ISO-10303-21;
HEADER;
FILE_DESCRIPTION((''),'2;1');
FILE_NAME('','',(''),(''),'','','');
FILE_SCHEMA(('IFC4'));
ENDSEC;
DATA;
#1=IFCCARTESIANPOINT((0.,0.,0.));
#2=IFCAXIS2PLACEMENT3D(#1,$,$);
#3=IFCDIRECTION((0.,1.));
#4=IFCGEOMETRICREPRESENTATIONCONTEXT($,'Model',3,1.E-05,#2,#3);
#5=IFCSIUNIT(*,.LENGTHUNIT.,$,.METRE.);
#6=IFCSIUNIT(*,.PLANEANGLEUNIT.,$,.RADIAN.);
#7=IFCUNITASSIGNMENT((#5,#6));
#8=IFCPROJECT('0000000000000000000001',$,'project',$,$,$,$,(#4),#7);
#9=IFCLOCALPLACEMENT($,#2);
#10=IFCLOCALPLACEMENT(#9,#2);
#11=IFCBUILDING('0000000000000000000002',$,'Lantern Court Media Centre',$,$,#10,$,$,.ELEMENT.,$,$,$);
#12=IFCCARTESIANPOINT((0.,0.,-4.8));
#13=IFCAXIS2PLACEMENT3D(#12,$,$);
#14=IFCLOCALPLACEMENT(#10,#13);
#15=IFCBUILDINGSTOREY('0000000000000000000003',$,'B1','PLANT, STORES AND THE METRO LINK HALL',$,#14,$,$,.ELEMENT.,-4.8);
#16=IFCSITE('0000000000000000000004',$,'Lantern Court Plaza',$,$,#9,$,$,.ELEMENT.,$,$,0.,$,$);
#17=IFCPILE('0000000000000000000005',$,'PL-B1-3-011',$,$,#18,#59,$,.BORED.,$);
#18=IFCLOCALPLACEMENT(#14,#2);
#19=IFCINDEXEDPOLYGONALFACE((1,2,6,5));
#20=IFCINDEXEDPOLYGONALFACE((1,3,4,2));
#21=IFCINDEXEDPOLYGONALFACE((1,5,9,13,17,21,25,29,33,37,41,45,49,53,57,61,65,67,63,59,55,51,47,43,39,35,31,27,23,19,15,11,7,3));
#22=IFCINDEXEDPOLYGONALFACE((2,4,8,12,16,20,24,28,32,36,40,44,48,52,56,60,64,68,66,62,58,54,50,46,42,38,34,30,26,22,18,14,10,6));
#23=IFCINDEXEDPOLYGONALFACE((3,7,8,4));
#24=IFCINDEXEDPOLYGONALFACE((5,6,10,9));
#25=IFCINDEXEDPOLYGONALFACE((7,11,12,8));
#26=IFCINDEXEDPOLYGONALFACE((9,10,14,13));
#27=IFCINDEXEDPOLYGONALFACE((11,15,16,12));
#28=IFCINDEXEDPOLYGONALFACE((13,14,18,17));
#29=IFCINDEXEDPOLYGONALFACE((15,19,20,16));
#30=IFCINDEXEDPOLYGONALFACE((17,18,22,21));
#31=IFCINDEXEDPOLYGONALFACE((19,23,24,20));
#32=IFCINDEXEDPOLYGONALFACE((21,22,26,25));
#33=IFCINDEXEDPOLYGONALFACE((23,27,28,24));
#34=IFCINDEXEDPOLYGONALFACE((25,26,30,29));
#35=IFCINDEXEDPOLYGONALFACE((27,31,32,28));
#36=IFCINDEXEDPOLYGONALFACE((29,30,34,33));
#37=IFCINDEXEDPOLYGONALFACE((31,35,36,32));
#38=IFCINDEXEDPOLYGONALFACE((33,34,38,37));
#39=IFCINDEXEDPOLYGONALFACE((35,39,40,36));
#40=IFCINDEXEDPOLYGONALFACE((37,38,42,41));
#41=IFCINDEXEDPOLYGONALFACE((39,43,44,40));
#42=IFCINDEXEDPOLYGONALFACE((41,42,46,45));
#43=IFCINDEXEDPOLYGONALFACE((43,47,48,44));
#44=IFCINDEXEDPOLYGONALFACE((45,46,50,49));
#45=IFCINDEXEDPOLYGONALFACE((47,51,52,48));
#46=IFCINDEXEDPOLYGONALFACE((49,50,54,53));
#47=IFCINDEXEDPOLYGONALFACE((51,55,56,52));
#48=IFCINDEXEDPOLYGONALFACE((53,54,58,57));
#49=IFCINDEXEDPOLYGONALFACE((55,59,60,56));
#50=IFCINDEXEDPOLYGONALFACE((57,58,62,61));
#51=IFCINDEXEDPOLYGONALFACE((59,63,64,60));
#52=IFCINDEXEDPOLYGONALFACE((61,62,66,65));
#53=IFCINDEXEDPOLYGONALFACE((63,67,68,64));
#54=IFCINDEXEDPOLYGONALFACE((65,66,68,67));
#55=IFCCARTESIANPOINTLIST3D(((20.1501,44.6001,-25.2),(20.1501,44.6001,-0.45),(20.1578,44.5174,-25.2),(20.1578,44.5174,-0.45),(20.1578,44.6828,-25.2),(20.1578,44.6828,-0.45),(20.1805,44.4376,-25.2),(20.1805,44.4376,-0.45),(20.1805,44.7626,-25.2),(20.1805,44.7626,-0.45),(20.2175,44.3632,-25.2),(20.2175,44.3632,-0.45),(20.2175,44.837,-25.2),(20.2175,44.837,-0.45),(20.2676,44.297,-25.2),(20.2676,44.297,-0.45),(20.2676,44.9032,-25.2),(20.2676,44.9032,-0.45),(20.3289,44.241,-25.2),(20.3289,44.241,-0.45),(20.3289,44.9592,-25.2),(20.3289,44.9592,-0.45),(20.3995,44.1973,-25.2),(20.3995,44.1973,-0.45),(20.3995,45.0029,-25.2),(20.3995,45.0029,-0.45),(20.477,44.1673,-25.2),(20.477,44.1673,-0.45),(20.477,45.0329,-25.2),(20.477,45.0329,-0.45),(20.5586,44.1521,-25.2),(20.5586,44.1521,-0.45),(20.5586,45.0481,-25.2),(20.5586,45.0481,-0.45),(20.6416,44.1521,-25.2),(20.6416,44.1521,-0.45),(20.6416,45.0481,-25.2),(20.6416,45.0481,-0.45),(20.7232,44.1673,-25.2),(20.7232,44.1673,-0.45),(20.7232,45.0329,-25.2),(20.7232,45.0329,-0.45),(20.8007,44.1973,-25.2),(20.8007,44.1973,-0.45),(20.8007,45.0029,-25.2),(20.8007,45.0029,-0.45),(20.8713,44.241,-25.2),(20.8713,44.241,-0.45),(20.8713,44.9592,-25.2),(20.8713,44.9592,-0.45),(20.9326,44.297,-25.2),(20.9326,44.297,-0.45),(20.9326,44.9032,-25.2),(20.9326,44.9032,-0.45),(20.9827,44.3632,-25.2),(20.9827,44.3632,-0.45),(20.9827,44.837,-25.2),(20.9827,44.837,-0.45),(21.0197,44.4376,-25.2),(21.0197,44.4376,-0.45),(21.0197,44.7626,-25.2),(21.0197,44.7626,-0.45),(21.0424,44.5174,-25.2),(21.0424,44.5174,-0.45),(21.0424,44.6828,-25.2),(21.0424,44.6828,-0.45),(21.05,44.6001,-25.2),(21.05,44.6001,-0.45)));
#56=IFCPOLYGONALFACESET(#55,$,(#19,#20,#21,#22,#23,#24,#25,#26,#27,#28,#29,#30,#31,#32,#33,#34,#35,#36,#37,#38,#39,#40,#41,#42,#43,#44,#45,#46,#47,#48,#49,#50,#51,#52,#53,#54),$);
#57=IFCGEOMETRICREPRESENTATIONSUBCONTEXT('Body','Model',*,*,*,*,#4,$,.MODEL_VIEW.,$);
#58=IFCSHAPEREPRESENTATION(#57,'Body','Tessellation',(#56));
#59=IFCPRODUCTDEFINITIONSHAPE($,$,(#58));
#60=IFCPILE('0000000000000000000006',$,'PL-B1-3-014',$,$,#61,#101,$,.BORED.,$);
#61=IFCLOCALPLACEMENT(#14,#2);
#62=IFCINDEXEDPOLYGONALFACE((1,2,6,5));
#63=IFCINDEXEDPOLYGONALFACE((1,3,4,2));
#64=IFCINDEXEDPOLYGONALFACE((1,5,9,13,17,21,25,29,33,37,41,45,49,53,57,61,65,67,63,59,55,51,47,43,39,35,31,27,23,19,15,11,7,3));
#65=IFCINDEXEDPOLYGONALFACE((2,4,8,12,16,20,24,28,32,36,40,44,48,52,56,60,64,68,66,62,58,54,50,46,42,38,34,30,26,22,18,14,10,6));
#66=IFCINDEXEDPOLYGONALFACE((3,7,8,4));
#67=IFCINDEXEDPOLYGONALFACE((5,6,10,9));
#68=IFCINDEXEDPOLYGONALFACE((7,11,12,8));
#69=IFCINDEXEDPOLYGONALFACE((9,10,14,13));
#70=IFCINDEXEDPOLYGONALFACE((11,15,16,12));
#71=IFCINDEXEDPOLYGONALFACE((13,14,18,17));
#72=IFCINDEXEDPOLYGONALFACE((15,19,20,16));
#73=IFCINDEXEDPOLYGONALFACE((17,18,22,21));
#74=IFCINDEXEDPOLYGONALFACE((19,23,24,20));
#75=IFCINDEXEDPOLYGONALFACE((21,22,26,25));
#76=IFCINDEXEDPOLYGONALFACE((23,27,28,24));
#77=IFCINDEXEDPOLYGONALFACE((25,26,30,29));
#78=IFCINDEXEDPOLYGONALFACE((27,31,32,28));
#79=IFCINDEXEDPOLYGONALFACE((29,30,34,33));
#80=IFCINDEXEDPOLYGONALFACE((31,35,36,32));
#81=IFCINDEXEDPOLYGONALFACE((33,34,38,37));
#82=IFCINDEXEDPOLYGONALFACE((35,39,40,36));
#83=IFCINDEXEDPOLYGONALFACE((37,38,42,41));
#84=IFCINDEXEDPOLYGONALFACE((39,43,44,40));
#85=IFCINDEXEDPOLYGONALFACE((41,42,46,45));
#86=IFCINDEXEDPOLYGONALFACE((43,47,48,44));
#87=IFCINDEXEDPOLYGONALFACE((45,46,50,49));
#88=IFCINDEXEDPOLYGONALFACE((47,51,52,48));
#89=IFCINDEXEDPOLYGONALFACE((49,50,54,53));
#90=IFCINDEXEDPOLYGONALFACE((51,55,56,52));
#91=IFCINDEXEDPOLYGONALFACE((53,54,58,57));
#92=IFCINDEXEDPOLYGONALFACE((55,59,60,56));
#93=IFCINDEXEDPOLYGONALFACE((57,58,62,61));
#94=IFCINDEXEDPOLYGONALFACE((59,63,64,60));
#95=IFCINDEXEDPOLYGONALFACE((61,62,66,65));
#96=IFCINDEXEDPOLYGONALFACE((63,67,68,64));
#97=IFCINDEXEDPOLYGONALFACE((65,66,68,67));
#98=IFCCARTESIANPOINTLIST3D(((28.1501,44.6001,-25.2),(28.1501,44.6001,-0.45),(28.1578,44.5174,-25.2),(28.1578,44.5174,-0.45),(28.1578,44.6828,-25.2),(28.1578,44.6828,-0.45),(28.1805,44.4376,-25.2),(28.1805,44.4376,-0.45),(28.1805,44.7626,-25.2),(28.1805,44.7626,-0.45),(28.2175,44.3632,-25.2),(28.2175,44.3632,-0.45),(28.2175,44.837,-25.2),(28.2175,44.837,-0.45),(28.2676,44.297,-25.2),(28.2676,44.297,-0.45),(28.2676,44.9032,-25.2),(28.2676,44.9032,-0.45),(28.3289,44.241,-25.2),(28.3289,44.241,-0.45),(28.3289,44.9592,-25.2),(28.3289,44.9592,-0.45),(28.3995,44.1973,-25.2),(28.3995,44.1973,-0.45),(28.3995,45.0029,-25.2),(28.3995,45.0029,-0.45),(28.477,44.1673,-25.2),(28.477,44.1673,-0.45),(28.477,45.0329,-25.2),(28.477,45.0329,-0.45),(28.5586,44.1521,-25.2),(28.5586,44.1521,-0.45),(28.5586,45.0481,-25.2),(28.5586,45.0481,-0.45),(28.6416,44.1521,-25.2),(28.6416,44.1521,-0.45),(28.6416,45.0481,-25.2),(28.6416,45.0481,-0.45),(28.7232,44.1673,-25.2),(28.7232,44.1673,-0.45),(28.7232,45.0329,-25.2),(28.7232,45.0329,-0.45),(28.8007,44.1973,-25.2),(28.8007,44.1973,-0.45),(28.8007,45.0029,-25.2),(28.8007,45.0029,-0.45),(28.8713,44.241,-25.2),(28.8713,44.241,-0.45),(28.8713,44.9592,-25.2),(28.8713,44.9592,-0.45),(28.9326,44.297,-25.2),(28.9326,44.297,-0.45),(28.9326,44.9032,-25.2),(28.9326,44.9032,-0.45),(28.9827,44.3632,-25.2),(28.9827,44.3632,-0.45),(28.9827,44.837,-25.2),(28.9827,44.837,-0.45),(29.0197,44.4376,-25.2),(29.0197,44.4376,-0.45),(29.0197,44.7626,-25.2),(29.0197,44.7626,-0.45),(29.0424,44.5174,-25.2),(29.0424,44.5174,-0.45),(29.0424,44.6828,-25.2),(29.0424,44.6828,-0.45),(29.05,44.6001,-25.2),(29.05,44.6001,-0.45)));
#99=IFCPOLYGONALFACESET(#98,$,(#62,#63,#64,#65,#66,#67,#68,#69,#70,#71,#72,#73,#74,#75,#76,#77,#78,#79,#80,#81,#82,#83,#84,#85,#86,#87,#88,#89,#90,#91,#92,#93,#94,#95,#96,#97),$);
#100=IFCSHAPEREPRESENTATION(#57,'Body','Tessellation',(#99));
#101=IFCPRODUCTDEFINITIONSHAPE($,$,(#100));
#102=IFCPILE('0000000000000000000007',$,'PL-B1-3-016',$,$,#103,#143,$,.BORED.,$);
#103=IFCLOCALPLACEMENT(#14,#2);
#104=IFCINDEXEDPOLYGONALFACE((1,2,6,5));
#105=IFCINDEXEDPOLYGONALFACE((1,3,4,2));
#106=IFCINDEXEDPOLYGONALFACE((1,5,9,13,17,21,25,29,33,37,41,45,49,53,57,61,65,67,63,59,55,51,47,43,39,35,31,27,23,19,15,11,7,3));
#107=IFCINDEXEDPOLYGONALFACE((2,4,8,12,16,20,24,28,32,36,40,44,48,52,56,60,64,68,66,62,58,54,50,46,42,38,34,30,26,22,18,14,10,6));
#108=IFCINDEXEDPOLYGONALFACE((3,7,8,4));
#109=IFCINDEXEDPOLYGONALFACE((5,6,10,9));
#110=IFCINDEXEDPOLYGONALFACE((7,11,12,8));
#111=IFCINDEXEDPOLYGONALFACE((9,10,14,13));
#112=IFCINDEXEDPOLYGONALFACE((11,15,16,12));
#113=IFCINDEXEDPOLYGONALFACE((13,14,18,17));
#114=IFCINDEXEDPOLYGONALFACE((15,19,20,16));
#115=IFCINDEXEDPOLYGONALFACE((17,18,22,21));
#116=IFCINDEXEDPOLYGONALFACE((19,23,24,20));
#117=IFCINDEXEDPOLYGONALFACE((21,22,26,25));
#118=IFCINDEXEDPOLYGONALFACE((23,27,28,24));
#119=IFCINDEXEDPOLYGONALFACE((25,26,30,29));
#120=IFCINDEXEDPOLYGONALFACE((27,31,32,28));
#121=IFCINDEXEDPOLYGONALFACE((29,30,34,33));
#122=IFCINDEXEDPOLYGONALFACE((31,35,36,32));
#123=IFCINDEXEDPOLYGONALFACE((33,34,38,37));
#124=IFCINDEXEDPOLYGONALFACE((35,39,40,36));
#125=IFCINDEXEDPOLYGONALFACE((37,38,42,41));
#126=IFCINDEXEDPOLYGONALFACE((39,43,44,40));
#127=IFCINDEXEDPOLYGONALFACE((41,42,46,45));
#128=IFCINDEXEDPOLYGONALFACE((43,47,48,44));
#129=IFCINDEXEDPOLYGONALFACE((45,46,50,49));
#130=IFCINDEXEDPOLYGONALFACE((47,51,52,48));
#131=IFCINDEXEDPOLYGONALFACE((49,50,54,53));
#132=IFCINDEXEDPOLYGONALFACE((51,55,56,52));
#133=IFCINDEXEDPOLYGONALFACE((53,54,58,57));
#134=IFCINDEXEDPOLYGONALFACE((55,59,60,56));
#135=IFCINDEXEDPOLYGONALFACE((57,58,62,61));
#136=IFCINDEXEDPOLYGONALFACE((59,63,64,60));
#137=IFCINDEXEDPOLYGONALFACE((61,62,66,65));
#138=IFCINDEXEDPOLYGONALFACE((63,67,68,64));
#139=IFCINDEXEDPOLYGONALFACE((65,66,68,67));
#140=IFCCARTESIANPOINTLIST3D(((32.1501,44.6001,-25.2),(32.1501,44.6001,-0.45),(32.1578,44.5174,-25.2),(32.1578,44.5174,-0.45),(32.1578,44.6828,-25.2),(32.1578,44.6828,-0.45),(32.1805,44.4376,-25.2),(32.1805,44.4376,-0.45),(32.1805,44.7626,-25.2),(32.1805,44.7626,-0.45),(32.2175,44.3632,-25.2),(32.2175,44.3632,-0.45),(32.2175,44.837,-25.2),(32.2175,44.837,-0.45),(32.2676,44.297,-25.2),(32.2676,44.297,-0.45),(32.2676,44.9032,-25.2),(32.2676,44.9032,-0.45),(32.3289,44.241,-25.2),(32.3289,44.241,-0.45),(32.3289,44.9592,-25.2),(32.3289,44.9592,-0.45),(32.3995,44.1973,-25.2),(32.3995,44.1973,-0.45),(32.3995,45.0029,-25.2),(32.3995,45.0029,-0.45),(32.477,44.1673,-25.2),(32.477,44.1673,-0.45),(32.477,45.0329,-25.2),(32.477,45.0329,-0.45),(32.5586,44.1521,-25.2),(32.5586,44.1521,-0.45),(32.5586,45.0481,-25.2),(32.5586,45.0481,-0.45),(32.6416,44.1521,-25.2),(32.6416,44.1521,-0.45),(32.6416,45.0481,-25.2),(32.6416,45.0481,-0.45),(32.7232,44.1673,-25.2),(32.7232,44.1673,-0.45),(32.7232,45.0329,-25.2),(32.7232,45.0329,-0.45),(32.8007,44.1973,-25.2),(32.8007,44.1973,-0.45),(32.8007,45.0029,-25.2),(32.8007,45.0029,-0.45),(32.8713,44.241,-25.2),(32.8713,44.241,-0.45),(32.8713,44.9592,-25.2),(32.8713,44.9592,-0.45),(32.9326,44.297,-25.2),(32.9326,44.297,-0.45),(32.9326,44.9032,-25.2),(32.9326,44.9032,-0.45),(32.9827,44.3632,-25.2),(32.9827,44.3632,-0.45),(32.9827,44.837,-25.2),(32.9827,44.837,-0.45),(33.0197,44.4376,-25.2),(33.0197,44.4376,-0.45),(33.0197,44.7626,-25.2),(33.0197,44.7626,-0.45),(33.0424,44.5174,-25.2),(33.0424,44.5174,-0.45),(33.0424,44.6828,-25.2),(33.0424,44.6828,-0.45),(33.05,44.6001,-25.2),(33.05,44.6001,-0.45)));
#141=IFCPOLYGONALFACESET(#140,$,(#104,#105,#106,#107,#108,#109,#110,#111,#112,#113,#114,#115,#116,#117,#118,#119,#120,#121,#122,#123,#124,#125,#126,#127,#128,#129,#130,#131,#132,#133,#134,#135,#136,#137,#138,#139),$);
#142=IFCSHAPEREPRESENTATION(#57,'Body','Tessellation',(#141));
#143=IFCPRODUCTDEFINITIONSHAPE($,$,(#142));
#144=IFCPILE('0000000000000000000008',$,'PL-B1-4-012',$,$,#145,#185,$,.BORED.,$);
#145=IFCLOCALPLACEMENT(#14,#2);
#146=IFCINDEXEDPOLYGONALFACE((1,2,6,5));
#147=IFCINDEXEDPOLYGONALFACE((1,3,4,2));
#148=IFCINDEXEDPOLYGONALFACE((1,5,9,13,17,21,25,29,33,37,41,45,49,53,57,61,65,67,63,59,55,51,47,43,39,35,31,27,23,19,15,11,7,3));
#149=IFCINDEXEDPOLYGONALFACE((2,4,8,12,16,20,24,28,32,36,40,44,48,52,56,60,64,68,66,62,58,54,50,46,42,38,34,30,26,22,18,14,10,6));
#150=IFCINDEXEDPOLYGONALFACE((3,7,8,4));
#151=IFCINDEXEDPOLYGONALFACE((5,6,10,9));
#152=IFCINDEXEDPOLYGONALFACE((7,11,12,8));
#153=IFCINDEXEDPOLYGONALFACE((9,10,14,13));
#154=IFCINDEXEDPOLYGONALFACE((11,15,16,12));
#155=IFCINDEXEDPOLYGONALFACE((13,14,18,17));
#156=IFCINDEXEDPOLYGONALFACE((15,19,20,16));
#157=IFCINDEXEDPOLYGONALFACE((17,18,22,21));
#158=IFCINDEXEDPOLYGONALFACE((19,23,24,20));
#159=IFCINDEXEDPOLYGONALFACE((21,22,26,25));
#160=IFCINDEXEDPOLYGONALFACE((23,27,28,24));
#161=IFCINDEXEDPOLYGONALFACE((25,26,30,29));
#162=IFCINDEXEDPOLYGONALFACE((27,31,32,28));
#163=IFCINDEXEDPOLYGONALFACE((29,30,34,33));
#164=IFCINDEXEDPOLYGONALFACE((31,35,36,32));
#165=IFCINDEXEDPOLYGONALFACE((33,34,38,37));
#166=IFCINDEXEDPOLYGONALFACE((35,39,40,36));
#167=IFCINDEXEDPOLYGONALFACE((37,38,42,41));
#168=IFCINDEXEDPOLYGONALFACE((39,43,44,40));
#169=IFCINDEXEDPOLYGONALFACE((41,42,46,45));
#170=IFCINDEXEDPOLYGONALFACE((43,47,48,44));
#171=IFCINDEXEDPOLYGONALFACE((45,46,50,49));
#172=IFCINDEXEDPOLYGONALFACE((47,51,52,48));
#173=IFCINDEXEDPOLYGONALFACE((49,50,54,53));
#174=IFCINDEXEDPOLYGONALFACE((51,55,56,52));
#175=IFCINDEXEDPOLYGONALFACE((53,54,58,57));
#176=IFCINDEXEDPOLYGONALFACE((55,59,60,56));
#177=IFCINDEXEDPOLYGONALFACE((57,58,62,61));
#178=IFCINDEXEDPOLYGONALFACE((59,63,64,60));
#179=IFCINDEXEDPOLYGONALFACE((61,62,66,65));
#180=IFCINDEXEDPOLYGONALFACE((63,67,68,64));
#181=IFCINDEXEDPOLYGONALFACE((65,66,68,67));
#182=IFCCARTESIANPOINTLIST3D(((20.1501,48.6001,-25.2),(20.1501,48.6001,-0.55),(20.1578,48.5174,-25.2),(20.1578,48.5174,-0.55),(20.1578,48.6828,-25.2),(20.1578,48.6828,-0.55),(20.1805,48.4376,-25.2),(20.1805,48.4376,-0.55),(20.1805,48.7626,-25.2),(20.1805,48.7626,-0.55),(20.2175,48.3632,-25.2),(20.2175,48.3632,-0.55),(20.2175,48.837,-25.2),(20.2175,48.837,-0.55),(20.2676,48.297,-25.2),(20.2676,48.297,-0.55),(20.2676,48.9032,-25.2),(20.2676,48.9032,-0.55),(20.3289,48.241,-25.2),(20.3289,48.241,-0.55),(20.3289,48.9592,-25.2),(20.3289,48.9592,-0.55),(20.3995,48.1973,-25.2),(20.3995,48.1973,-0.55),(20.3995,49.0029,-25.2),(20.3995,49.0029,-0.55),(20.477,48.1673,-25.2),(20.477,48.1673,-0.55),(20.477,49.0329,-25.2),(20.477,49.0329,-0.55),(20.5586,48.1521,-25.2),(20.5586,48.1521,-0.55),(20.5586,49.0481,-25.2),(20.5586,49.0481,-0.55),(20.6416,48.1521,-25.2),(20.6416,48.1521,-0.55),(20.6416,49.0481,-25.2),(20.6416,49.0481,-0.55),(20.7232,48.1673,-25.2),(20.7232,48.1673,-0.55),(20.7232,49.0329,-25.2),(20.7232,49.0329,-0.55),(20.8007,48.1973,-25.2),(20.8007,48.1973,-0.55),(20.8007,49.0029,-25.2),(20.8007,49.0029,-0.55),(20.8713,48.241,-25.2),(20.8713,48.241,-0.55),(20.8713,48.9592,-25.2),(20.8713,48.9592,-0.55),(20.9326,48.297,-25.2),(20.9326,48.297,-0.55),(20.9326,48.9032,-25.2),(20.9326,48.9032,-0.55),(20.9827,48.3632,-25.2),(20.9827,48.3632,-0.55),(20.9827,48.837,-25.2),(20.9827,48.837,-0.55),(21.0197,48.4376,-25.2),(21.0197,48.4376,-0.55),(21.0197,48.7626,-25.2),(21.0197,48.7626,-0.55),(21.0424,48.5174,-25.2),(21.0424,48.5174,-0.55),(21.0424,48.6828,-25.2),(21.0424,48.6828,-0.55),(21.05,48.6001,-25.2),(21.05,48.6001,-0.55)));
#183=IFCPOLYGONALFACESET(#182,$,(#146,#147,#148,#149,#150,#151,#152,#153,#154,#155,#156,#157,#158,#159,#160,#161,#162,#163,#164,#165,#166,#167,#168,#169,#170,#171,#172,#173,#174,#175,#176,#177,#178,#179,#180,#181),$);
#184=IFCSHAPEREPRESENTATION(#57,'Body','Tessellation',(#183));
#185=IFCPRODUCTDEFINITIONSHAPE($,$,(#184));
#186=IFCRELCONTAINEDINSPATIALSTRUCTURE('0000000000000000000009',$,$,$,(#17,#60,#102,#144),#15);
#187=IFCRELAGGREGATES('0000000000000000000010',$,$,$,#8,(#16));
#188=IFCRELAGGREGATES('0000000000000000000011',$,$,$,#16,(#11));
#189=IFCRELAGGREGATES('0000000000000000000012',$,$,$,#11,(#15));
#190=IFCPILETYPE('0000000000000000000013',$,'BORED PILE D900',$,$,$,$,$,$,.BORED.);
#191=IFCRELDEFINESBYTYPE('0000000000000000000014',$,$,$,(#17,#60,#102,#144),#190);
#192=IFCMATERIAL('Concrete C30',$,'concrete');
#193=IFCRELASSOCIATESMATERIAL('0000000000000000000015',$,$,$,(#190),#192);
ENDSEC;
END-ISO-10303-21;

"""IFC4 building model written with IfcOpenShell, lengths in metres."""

from ifc_helpers import new_model, si_unit, direction, frame, origin, origin_2d, place, context, subcontext, project, spatial, circle, extrude, material, material_profile, profile_set, type_object, element, save


model = new_model("IFC4")

# Units and contexts
model_context = context("Model", 3, precision=1e-05, world=origin(), true_north=direction((0.0, 1.0)))
body_context = subcontext(model_context, "Body", "Model", "MODEL_VIEW")
ifc_project = project(units=[si_unit("LENGTHUNIT", "METRE"), si_unit("PLANEANGLEUNIT", "RADIAN")], contexts=[model_context])

# Site, building, storey
site_placement = place(None, origin())
site = spatial("IfcSite", under=ifc_project, at=site_placement, Name="Lantern Court Plaza", CompositionType="ELEMENT", RefElevation=0.0)
building_placement = place(site_placement, origin())
building = spatial("IfcBuilding", under=site, at=building_placement, Name="Lantern Court Media Centre", CompositionType="ELEMENT")
storey_placement = place(building_placement, frame((0.0, 0.0, -4.8)))
storey = spatial("IfcBuildingStorey", under=building, at=storey_placement, Name="B1", Description="PLANT, STORES AND THE METRO LINK HALL", CompositionType="ELEMENT", Elevation=-4.8)

# Piles
ifc_material_1 = material(Name="Concrete C30", Category="concrete")
ifc_material_profile_1 = material_profile(ifc_material_1, circle(Radius=0.45, at=origin_2d()), Name="D900")
ifc_profile_set_1 = profile_set([ifc_material_profile_1], Name="Concrete C30")
pile_type = type_object("IfcPileType", Name="BORED PILE D900", PredefinedType="BORED", material=ifc_profile_set_1)
for number, where, z_axis, x_axis, name in (
    (1, (20.6001, 44.6001, -0.45), (0.0, 0.0, -1.0), (1.0, 0.0, 0.0), "PL-B1-3-011"),
    (2, (28.6001, 44.6001, -0.45), (0.0, 0.0, -1.0), (1.0, 0.0, 0.0), "PL-B1-3-014"),
    (3, (32.6001, 44.6001, -0.45), (0.0, 0.0, -1.0), (1.0, 0.0, 0.0), "PL-B1-3-016"),
):
    element("IfcPile", number, at=place(storey_placement, frame(where, z_axis=z_axis, x_axis=x_axis)), inside=storey, type_object=pile_type, Name=name, PredefinedType="BORED", context=body_context, shape_type="SweptSolid", body=[
        extrude(circle(Radius=0.45, at=origin_2d()), origin(), (0.0, 0.0, 1.0), 24.75),
    ])
for number, where, z_axis, x_axis, name in (
    (4, (20.6001, 48.6001, -0.55), (0.0, 0.0, -1.0), (1.0, 0.0, 0.0), "PL-B1-4-012"),
):
    element("IfcPile", number, at=place(storey_placement, frame(where, z_axis=z_axis, x_axis=x_axis)), inside=storey, type_object=pile_type, Name=name, PredefinedType="BORED", context=body_context, shape_type="SweptSolid", body=[
        extrude(circle(Radius=0.45, at=origin_2d()), origin(), (0.0, 0.0, 1.0), 24.6499),
    ])

save(model, "model.ifc")
